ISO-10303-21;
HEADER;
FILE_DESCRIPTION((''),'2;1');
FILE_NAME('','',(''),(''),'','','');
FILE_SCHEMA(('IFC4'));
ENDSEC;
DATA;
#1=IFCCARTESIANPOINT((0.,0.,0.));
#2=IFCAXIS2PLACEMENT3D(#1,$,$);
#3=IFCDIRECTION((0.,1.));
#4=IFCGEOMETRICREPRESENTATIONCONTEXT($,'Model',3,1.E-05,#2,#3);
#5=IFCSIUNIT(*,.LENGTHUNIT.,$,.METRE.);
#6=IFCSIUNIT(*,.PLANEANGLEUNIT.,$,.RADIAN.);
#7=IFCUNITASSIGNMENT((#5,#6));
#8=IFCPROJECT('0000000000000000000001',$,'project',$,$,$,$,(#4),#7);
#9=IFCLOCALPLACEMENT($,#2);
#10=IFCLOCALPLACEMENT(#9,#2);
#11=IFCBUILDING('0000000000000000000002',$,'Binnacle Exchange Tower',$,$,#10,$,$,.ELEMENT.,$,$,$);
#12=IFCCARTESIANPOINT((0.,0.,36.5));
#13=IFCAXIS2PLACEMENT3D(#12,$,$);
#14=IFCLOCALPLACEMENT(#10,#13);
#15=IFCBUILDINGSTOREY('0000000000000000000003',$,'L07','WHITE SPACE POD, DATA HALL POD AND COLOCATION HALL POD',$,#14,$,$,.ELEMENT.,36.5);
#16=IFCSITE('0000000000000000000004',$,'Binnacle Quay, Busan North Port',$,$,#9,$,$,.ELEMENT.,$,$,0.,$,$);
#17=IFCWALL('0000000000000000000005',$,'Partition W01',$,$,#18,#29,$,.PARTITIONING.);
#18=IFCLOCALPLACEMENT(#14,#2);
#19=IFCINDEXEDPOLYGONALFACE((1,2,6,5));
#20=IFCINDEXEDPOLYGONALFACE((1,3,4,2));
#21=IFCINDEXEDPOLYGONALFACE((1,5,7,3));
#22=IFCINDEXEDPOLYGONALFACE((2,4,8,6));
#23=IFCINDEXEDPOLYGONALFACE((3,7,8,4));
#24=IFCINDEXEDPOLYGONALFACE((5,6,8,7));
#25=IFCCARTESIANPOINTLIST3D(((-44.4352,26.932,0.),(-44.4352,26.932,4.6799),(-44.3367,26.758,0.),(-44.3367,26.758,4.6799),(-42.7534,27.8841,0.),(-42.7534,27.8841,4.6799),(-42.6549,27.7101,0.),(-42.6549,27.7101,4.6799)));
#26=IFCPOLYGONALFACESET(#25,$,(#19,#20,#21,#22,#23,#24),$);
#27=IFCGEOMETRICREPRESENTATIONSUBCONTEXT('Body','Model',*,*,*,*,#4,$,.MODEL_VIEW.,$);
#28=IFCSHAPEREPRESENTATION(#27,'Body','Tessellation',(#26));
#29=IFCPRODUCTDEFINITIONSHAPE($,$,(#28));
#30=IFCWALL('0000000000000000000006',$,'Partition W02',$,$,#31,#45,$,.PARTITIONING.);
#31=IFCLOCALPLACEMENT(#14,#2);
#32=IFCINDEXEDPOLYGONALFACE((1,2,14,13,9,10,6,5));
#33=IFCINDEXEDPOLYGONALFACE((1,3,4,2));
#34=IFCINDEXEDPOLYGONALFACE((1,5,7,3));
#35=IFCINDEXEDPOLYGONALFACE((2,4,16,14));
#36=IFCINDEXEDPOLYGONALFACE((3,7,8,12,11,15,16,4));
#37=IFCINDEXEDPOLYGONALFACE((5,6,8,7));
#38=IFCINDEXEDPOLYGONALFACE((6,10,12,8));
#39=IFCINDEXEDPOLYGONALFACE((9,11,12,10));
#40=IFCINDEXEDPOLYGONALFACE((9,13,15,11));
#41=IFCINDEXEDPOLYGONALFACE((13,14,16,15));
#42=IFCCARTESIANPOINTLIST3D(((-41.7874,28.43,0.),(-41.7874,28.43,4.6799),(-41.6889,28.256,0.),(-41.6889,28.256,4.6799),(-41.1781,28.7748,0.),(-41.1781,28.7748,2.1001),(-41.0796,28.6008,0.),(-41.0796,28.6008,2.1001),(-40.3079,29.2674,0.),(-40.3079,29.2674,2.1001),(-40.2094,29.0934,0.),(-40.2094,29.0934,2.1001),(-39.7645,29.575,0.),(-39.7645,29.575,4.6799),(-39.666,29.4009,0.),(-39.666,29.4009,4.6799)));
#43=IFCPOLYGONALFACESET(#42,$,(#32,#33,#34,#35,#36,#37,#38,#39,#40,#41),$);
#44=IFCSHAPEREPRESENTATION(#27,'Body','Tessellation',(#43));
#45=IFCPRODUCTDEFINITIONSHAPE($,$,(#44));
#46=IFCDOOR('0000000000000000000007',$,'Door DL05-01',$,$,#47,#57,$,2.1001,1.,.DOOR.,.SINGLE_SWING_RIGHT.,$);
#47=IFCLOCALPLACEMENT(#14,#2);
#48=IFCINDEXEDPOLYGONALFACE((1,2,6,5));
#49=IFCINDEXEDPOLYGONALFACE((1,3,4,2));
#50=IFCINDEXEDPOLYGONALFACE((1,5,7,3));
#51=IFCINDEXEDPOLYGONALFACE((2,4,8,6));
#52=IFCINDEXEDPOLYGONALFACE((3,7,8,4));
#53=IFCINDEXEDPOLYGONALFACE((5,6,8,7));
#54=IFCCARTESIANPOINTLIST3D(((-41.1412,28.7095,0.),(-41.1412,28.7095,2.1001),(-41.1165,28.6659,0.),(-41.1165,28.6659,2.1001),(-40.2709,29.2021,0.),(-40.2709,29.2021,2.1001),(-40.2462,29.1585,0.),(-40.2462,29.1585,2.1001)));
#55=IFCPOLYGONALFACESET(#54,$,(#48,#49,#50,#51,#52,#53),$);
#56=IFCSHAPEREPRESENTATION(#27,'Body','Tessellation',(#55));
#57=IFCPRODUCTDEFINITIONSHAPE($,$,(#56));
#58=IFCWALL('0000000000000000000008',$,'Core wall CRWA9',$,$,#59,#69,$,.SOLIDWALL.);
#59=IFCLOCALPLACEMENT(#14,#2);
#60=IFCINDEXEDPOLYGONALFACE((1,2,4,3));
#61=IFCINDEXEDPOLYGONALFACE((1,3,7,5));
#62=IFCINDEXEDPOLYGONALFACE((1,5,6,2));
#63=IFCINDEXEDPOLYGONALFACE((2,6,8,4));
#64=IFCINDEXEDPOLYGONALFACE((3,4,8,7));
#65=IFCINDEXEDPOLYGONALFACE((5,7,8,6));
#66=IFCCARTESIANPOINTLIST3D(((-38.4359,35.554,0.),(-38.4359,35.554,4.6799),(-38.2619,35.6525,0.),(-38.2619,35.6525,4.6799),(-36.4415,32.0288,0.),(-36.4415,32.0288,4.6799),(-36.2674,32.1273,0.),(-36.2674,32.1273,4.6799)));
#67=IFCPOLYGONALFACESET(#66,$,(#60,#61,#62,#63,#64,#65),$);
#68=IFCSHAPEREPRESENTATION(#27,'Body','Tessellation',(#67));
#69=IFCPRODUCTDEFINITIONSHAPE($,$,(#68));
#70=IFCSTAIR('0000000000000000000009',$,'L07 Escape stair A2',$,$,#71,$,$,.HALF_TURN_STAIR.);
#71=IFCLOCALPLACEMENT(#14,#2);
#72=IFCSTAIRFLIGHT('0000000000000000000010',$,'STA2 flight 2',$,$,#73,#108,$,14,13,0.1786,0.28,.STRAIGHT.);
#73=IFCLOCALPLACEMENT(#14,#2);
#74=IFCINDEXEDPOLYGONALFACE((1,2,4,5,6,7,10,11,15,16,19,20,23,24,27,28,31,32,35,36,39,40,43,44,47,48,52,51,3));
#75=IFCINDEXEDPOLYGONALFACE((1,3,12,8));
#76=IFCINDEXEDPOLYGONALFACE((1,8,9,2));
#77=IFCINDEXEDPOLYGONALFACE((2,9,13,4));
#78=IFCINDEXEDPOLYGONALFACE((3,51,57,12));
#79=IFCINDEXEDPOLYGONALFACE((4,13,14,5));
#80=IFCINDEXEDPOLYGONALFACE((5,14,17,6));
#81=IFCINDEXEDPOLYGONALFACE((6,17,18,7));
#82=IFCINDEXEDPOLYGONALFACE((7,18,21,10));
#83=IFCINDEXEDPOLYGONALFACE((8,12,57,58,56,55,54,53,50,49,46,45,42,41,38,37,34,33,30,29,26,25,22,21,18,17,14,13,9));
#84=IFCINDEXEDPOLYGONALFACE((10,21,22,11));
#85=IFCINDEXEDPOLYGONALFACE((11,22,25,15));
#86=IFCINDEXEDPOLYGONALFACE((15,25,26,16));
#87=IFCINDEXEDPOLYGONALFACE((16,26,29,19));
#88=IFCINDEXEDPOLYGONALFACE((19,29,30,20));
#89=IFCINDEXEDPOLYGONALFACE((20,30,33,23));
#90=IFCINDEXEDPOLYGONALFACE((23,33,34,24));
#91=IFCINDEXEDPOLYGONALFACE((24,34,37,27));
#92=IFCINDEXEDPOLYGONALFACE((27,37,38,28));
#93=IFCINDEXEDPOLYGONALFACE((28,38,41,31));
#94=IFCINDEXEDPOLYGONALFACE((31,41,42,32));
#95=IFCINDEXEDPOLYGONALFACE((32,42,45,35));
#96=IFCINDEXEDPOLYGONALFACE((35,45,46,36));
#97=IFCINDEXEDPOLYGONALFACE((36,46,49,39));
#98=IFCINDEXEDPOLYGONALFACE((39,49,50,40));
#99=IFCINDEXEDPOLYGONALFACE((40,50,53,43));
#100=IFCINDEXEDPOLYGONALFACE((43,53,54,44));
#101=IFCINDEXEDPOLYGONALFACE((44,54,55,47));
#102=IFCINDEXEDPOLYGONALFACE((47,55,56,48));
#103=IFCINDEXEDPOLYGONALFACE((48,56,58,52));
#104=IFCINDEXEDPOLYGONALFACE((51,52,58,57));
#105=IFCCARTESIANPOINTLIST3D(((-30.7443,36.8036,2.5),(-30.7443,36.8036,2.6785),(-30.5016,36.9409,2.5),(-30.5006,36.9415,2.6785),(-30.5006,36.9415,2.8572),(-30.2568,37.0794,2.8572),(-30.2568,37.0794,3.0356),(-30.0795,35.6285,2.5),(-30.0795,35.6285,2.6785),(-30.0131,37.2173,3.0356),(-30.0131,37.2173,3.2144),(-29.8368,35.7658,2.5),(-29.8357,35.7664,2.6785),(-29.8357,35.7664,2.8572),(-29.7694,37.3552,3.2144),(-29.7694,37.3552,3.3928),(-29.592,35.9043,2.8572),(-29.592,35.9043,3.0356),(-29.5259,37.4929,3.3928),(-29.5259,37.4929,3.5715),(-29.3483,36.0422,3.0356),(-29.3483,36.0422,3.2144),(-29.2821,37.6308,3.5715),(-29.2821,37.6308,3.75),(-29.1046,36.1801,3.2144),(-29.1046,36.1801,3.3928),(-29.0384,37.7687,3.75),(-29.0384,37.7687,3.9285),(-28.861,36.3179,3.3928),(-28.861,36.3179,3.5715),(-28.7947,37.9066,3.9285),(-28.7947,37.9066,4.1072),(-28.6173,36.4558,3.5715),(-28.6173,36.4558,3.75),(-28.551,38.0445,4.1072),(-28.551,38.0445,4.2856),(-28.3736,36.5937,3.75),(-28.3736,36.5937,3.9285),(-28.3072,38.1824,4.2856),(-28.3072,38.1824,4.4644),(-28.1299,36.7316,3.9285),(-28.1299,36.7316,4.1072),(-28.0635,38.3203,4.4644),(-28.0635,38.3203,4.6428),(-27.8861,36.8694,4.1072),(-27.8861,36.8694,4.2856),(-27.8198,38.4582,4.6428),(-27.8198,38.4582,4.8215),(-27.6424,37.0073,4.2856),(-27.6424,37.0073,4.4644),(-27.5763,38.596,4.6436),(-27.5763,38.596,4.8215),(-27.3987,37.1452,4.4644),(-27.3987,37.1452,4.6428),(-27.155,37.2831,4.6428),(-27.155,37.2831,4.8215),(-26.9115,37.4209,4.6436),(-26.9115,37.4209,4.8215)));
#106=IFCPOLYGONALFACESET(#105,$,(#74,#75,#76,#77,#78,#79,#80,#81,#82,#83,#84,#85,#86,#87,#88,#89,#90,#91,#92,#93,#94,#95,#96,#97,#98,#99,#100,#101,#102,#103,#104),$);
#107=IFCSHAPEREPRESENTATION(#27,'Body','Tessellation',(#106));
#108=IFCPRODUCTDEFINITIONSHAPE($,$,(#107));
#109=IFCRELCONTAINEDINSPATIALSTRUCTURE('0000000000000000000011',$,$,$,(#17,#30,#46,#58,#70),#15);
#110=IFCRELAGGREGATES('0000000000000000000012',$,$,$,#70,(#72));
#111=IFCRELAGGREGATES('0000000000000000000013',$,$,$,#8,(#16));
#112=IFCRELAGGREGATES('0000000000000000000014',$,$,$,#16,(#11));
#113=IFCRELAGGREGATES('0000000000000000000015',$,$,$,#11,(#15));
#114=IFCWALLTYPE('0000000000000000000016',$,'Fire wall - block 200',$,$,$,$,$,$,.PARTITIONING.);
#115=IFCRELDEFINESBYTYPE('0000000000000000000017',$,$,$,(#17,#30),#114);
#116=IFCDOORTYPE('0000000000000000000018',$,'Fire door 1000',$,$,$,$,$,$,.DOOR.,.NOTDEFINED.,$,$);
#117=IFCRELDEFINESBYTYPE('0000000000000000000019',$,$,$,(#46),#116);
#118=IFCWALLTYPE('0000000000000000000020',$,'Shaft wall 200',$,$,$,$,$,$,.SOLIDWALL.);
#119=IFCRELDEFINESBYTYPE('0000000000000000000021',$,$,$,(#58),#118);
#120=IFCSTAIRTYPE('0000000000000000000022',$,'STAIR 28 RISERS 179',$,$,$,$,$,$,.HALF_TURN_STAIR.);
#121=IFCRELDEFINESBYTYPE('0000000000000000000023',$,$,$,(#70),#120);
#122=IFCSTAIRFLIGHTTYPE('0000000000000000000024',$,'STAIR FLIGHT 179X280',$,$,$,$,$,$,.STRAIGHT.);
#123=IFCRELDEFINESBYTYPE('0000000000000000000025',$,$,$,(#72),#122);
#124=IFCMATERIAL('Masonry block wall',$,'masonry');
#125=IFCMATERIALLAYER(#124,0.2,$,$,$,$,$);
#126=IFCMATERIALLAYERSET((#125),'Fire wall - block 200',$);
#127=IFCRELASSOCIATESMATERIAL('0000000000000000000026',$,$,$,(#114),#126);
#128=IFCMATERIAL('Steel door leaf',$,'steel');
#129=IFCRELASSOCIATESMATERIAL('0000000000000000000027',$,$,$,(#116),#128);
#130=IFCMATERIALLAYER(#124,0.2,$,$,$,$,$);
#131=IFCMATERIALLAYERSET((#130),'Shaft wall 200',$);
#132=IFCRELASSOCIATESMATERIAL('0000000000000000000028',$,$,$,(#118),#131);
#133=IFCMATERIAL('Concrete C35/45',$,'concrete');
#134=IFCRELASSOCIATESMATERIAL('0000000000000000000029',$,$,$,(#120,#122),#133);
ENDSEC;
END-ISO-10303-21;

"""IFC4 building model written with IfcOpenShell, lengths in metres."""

from ifc_helpers import new_model, si_unit, direction, frame, frame_2d, origin, place, context, subcontext, project, spatial, polyline, rectangle, outline, extrude, material, layer, layer_set, type_object, element, fill, aggregate, save


model = new_model("IFC4")

# Units and contexts
model_context = context("Model", 3, precision=1e-05, world=origin(), true_north=direction((0.0, 1.0)))
body_context = subcontext(model_context, "Body", "Model", "MODEL_VIEW")
ifc_project = project(units=[si_unit("LENGTHUNIT", "METRE"), si_unit("PLANEANGLEUNIT", "RADIAN")], contexts=[model_context])

# Site, building, storey
site_placement = place(None, origin())
site = spatial("IfcSite", under=ifc_project, at=site_placement, Name="Binnacle Quay, Busan North Port", CompositionType="ELEMENT", RefElevation=0.0)
building_placement = place(site_placement, origin())
building = spatial("IfcBuilding", under=site, at=building_placement, Name="Binnacle Exchange Tower", CompositionType="ELEMENT")
storey_placement = place(building_placement, frame((0.0, 0.0, 36.5)))
storey = spatial("IfcBuildingStorey", under=building, at=storey_placement, Name="L07", Description="WHITE SPACE POD, DATA HALL POD AND COLOCATION HALL POD", CompositionType="ELEMENT", Elevation=36.5)

# Shared definitions
ifc_material_1 = material(Name="Steel door leaf", Category="steel")

# Wall
ifc_material_2 = material(Name="Masonry block wall", Category="masonry")
ifc_layer_1 = layer(ifc_material_2, 0.2)
ifc_layer_set_1 = layer_set([ifc_layer_1], Name="Fire wall - block 200")
wall_type_1 = type_object("IfcWallType", Name="Fire wall - block 200", PredefinedType="PARTITIONING", material=ifc_layer_set_1)
wall_1_placement = place(storey_placement, frame((-44.386, 26.845, 0.0), z_axis=(0.0, 0.0, 1.0), x_axis=(0.870226, 0.492652, 0.0)))
element("IfcWall", 1, at=wall_1_placement, inside=storey, type_object=wall_type_1, Name="Partition W01", PredefinedType="PARTITIONING", context=body_context, shape_type="SweptSolid", body=[
    extrude(rectangle(XDim=1.9326, YDim=0.2, at=frame_2d((0.9663, 0.0))), origin(), (0.0, 0.0, 1.0), 4.6799),
])

# Wall, opening, door
wall_2_placement = place(storey_placement, frame((-41.738, 28.343, 0.0), z_axis=(0.0, 0.0, 1.0), x_axis=(0.870265, 0.492583, 0.0)))
wall_2 = element("IfcWall", 2, at=wall_2_placement, inside=storey, type_object=wall_type_1, Name="Partition W02", PredefinedType="PARTITIONING", context=body_context, shape_type="SweptSolid", body=[
    extrude(rectangle(XDim=2.3245, YDim=0.2, at=frame_2d((1.1621, 0.0))), origin(), (0.0, 0.0, 1.0), 4.6799),
])
opening_1_placement = place(wall_2_placement, frame((0.7, 0.0, 0.0)))
opening_1 = element("IfcOpeningElement", 3, at=opening_1_placement, cuts=wall_2, PredefinedType="OPENING", context=body_context, shape_type="SweptSolid", body=[
    extrude(rectangle(XDim=1.0, YDim=2.1001, at=frame_2d((0.5, 1.05))), frame((0.0, 0.1099, 0.0), z_axis=(0.0, -1.0, 0.0), x_axis=(1.0, 0.0, 0.0)), (0.0, 0.0, 1.0), 0.22),
])
door_type_1 = type_object("IfcDoorType", Name="Fire door 1000", OperationType="NOTDEFINED", PredefinedType="DOOR", material=ifc_material_1)
door_1_placement = place(opening_1_placement, origin())
door_1 = element("IfcDoor", 4, at=door_1_placement, inside=storey, type_object=door_type_1, Name="Door DL05-01", OperationType="SINGLE_SWING_RIGHT", OverallHeight=2.1001, OverallWidth=1.0, PredefinedType="DOOR", context=body_context, shape_type="SweptSolid", body=[
    extrude(rectangle(XDim=1.0, YDim=2.1001, at=frame_2d((0.5, 1.05))), frame((0.0, 0.0249, 0.0), z_axis=(0.0, -1.0, 0.0), x_axis=(1.0, 0.0, 0.0)), (0.0, 0.0, 1.0), 0.05),
])
fill(opening_1, door_1)

# Wall
ifc_layer_2 = layer(ifc_material_2, 0.2)
ifc_layer_set_2 = layer_set([ifc_layer_2], Name="Shaft wall 200")
wall_type_2 = type_object("IfcWallType", Name="Shaft wall 200", PredefinedType="SOLIDWALL", material=ifc_layer_set_2)
wall_3_placement = place(storey_placement, frame((-38.3489, 35.6033, 0.0), z_axis=(0.0, 0.0, 1.0), x_axis=(0.492415, -0.870361, 0.0)))
element("IfcWall", 5, at=wall_3_placement, inside=storey, type_object=wall_type_2, Name="Core wall CRWA9", PredefinedType="SOLIDWALL", context=body_context, shape_type="SweptSolid", body=[
    extrude(rectangle(XDim=4.0503, YDim=0.2, at=frame_2d((2.0251, 0.0))), origin(), (0.0, 0.0, 1.0), 4.6799),
])

# Stair, stair flight
ifc_material_3 = material(Name="Concrete C35/45", Category="concrete")
stair_type = type_object("IfcStairType", Name="STAIR 28 RISERS 179", PredefinedType="HALF_TURN_STAIR", material=ifc_material_3)
stair_placement = place(storey_placement, origin())
stair = element("IfcStair", 6, at=stair_placement, inside=storey, type_object=stair_type, Name="L07 Escape stair A2", PredefinedType="HALF_TURN_STAIR")
stair_flight_type = type_object("IfcStairFlightType", Name="STAIR FLIGHT 179X280", PredefinedType="STRAIGHT", material=ifc_material_3)
stair_flight_placement = place(storey_placement, frame((-30.4119, 36.2161, 2.5), z_axis=(0.0, 0.0, 1.0), x_axis=(0.870356, 0.492424, 0.0)))
stair_flight = element("IfcStairFlight", 7, at=stair_flight_placement, type_object=stair_flight_type, Name="STA2 flight 2", NumberOfRisers=14, NumberOfTreads=13, PredefinedType="STRAIGHT", RiserHeight=0.1786, TreadLength=0.28, context=body_context, shape_type="SweptSolid", body=[
    extrude(outline(polyline([(0.0, 0.0), (0.0, 0.1785), (0.28, 0.1785), (0.28, 0.3572), (0.5601, 0.3572), (0.5601, 0.5356), (0.8401, 0.5356), (0.8401, 0.7144), (1.1201, 0.7144), (1.1201, 0.8928), (1.3999, 0.8928), (1.3999, 1.0715), (1.6799, 1.0715), (1.6799, 1.25), (1.96, 1.25), (1.96, 1.4285), (2.24, 1.4285), (2.24, 1.6072), (2.52, 1.6072), (2.52, 1.7856), (2.8, 1.7856), (2.8, 1.9644), (3.0801, 1.9644), (3.0801, 2.1428), (3.3601, 2.1428), (3.3601, 2.3215), (3.6399, 2.3215), (3.6399, 2.5), (3.6399, 2.1436), (0.2788, 0.0), (0.0, 0.0)])), frame((0.0, 0.675, 0.0), z_axis=(0.0, -1.0, 0.0), x_axis=(1.0, 0.0, 0.0)), (0.0, 0.0, 1.0), 1.3501),
])
aggregate(stair, [stair_flight])

save(model, "model.ifc")
